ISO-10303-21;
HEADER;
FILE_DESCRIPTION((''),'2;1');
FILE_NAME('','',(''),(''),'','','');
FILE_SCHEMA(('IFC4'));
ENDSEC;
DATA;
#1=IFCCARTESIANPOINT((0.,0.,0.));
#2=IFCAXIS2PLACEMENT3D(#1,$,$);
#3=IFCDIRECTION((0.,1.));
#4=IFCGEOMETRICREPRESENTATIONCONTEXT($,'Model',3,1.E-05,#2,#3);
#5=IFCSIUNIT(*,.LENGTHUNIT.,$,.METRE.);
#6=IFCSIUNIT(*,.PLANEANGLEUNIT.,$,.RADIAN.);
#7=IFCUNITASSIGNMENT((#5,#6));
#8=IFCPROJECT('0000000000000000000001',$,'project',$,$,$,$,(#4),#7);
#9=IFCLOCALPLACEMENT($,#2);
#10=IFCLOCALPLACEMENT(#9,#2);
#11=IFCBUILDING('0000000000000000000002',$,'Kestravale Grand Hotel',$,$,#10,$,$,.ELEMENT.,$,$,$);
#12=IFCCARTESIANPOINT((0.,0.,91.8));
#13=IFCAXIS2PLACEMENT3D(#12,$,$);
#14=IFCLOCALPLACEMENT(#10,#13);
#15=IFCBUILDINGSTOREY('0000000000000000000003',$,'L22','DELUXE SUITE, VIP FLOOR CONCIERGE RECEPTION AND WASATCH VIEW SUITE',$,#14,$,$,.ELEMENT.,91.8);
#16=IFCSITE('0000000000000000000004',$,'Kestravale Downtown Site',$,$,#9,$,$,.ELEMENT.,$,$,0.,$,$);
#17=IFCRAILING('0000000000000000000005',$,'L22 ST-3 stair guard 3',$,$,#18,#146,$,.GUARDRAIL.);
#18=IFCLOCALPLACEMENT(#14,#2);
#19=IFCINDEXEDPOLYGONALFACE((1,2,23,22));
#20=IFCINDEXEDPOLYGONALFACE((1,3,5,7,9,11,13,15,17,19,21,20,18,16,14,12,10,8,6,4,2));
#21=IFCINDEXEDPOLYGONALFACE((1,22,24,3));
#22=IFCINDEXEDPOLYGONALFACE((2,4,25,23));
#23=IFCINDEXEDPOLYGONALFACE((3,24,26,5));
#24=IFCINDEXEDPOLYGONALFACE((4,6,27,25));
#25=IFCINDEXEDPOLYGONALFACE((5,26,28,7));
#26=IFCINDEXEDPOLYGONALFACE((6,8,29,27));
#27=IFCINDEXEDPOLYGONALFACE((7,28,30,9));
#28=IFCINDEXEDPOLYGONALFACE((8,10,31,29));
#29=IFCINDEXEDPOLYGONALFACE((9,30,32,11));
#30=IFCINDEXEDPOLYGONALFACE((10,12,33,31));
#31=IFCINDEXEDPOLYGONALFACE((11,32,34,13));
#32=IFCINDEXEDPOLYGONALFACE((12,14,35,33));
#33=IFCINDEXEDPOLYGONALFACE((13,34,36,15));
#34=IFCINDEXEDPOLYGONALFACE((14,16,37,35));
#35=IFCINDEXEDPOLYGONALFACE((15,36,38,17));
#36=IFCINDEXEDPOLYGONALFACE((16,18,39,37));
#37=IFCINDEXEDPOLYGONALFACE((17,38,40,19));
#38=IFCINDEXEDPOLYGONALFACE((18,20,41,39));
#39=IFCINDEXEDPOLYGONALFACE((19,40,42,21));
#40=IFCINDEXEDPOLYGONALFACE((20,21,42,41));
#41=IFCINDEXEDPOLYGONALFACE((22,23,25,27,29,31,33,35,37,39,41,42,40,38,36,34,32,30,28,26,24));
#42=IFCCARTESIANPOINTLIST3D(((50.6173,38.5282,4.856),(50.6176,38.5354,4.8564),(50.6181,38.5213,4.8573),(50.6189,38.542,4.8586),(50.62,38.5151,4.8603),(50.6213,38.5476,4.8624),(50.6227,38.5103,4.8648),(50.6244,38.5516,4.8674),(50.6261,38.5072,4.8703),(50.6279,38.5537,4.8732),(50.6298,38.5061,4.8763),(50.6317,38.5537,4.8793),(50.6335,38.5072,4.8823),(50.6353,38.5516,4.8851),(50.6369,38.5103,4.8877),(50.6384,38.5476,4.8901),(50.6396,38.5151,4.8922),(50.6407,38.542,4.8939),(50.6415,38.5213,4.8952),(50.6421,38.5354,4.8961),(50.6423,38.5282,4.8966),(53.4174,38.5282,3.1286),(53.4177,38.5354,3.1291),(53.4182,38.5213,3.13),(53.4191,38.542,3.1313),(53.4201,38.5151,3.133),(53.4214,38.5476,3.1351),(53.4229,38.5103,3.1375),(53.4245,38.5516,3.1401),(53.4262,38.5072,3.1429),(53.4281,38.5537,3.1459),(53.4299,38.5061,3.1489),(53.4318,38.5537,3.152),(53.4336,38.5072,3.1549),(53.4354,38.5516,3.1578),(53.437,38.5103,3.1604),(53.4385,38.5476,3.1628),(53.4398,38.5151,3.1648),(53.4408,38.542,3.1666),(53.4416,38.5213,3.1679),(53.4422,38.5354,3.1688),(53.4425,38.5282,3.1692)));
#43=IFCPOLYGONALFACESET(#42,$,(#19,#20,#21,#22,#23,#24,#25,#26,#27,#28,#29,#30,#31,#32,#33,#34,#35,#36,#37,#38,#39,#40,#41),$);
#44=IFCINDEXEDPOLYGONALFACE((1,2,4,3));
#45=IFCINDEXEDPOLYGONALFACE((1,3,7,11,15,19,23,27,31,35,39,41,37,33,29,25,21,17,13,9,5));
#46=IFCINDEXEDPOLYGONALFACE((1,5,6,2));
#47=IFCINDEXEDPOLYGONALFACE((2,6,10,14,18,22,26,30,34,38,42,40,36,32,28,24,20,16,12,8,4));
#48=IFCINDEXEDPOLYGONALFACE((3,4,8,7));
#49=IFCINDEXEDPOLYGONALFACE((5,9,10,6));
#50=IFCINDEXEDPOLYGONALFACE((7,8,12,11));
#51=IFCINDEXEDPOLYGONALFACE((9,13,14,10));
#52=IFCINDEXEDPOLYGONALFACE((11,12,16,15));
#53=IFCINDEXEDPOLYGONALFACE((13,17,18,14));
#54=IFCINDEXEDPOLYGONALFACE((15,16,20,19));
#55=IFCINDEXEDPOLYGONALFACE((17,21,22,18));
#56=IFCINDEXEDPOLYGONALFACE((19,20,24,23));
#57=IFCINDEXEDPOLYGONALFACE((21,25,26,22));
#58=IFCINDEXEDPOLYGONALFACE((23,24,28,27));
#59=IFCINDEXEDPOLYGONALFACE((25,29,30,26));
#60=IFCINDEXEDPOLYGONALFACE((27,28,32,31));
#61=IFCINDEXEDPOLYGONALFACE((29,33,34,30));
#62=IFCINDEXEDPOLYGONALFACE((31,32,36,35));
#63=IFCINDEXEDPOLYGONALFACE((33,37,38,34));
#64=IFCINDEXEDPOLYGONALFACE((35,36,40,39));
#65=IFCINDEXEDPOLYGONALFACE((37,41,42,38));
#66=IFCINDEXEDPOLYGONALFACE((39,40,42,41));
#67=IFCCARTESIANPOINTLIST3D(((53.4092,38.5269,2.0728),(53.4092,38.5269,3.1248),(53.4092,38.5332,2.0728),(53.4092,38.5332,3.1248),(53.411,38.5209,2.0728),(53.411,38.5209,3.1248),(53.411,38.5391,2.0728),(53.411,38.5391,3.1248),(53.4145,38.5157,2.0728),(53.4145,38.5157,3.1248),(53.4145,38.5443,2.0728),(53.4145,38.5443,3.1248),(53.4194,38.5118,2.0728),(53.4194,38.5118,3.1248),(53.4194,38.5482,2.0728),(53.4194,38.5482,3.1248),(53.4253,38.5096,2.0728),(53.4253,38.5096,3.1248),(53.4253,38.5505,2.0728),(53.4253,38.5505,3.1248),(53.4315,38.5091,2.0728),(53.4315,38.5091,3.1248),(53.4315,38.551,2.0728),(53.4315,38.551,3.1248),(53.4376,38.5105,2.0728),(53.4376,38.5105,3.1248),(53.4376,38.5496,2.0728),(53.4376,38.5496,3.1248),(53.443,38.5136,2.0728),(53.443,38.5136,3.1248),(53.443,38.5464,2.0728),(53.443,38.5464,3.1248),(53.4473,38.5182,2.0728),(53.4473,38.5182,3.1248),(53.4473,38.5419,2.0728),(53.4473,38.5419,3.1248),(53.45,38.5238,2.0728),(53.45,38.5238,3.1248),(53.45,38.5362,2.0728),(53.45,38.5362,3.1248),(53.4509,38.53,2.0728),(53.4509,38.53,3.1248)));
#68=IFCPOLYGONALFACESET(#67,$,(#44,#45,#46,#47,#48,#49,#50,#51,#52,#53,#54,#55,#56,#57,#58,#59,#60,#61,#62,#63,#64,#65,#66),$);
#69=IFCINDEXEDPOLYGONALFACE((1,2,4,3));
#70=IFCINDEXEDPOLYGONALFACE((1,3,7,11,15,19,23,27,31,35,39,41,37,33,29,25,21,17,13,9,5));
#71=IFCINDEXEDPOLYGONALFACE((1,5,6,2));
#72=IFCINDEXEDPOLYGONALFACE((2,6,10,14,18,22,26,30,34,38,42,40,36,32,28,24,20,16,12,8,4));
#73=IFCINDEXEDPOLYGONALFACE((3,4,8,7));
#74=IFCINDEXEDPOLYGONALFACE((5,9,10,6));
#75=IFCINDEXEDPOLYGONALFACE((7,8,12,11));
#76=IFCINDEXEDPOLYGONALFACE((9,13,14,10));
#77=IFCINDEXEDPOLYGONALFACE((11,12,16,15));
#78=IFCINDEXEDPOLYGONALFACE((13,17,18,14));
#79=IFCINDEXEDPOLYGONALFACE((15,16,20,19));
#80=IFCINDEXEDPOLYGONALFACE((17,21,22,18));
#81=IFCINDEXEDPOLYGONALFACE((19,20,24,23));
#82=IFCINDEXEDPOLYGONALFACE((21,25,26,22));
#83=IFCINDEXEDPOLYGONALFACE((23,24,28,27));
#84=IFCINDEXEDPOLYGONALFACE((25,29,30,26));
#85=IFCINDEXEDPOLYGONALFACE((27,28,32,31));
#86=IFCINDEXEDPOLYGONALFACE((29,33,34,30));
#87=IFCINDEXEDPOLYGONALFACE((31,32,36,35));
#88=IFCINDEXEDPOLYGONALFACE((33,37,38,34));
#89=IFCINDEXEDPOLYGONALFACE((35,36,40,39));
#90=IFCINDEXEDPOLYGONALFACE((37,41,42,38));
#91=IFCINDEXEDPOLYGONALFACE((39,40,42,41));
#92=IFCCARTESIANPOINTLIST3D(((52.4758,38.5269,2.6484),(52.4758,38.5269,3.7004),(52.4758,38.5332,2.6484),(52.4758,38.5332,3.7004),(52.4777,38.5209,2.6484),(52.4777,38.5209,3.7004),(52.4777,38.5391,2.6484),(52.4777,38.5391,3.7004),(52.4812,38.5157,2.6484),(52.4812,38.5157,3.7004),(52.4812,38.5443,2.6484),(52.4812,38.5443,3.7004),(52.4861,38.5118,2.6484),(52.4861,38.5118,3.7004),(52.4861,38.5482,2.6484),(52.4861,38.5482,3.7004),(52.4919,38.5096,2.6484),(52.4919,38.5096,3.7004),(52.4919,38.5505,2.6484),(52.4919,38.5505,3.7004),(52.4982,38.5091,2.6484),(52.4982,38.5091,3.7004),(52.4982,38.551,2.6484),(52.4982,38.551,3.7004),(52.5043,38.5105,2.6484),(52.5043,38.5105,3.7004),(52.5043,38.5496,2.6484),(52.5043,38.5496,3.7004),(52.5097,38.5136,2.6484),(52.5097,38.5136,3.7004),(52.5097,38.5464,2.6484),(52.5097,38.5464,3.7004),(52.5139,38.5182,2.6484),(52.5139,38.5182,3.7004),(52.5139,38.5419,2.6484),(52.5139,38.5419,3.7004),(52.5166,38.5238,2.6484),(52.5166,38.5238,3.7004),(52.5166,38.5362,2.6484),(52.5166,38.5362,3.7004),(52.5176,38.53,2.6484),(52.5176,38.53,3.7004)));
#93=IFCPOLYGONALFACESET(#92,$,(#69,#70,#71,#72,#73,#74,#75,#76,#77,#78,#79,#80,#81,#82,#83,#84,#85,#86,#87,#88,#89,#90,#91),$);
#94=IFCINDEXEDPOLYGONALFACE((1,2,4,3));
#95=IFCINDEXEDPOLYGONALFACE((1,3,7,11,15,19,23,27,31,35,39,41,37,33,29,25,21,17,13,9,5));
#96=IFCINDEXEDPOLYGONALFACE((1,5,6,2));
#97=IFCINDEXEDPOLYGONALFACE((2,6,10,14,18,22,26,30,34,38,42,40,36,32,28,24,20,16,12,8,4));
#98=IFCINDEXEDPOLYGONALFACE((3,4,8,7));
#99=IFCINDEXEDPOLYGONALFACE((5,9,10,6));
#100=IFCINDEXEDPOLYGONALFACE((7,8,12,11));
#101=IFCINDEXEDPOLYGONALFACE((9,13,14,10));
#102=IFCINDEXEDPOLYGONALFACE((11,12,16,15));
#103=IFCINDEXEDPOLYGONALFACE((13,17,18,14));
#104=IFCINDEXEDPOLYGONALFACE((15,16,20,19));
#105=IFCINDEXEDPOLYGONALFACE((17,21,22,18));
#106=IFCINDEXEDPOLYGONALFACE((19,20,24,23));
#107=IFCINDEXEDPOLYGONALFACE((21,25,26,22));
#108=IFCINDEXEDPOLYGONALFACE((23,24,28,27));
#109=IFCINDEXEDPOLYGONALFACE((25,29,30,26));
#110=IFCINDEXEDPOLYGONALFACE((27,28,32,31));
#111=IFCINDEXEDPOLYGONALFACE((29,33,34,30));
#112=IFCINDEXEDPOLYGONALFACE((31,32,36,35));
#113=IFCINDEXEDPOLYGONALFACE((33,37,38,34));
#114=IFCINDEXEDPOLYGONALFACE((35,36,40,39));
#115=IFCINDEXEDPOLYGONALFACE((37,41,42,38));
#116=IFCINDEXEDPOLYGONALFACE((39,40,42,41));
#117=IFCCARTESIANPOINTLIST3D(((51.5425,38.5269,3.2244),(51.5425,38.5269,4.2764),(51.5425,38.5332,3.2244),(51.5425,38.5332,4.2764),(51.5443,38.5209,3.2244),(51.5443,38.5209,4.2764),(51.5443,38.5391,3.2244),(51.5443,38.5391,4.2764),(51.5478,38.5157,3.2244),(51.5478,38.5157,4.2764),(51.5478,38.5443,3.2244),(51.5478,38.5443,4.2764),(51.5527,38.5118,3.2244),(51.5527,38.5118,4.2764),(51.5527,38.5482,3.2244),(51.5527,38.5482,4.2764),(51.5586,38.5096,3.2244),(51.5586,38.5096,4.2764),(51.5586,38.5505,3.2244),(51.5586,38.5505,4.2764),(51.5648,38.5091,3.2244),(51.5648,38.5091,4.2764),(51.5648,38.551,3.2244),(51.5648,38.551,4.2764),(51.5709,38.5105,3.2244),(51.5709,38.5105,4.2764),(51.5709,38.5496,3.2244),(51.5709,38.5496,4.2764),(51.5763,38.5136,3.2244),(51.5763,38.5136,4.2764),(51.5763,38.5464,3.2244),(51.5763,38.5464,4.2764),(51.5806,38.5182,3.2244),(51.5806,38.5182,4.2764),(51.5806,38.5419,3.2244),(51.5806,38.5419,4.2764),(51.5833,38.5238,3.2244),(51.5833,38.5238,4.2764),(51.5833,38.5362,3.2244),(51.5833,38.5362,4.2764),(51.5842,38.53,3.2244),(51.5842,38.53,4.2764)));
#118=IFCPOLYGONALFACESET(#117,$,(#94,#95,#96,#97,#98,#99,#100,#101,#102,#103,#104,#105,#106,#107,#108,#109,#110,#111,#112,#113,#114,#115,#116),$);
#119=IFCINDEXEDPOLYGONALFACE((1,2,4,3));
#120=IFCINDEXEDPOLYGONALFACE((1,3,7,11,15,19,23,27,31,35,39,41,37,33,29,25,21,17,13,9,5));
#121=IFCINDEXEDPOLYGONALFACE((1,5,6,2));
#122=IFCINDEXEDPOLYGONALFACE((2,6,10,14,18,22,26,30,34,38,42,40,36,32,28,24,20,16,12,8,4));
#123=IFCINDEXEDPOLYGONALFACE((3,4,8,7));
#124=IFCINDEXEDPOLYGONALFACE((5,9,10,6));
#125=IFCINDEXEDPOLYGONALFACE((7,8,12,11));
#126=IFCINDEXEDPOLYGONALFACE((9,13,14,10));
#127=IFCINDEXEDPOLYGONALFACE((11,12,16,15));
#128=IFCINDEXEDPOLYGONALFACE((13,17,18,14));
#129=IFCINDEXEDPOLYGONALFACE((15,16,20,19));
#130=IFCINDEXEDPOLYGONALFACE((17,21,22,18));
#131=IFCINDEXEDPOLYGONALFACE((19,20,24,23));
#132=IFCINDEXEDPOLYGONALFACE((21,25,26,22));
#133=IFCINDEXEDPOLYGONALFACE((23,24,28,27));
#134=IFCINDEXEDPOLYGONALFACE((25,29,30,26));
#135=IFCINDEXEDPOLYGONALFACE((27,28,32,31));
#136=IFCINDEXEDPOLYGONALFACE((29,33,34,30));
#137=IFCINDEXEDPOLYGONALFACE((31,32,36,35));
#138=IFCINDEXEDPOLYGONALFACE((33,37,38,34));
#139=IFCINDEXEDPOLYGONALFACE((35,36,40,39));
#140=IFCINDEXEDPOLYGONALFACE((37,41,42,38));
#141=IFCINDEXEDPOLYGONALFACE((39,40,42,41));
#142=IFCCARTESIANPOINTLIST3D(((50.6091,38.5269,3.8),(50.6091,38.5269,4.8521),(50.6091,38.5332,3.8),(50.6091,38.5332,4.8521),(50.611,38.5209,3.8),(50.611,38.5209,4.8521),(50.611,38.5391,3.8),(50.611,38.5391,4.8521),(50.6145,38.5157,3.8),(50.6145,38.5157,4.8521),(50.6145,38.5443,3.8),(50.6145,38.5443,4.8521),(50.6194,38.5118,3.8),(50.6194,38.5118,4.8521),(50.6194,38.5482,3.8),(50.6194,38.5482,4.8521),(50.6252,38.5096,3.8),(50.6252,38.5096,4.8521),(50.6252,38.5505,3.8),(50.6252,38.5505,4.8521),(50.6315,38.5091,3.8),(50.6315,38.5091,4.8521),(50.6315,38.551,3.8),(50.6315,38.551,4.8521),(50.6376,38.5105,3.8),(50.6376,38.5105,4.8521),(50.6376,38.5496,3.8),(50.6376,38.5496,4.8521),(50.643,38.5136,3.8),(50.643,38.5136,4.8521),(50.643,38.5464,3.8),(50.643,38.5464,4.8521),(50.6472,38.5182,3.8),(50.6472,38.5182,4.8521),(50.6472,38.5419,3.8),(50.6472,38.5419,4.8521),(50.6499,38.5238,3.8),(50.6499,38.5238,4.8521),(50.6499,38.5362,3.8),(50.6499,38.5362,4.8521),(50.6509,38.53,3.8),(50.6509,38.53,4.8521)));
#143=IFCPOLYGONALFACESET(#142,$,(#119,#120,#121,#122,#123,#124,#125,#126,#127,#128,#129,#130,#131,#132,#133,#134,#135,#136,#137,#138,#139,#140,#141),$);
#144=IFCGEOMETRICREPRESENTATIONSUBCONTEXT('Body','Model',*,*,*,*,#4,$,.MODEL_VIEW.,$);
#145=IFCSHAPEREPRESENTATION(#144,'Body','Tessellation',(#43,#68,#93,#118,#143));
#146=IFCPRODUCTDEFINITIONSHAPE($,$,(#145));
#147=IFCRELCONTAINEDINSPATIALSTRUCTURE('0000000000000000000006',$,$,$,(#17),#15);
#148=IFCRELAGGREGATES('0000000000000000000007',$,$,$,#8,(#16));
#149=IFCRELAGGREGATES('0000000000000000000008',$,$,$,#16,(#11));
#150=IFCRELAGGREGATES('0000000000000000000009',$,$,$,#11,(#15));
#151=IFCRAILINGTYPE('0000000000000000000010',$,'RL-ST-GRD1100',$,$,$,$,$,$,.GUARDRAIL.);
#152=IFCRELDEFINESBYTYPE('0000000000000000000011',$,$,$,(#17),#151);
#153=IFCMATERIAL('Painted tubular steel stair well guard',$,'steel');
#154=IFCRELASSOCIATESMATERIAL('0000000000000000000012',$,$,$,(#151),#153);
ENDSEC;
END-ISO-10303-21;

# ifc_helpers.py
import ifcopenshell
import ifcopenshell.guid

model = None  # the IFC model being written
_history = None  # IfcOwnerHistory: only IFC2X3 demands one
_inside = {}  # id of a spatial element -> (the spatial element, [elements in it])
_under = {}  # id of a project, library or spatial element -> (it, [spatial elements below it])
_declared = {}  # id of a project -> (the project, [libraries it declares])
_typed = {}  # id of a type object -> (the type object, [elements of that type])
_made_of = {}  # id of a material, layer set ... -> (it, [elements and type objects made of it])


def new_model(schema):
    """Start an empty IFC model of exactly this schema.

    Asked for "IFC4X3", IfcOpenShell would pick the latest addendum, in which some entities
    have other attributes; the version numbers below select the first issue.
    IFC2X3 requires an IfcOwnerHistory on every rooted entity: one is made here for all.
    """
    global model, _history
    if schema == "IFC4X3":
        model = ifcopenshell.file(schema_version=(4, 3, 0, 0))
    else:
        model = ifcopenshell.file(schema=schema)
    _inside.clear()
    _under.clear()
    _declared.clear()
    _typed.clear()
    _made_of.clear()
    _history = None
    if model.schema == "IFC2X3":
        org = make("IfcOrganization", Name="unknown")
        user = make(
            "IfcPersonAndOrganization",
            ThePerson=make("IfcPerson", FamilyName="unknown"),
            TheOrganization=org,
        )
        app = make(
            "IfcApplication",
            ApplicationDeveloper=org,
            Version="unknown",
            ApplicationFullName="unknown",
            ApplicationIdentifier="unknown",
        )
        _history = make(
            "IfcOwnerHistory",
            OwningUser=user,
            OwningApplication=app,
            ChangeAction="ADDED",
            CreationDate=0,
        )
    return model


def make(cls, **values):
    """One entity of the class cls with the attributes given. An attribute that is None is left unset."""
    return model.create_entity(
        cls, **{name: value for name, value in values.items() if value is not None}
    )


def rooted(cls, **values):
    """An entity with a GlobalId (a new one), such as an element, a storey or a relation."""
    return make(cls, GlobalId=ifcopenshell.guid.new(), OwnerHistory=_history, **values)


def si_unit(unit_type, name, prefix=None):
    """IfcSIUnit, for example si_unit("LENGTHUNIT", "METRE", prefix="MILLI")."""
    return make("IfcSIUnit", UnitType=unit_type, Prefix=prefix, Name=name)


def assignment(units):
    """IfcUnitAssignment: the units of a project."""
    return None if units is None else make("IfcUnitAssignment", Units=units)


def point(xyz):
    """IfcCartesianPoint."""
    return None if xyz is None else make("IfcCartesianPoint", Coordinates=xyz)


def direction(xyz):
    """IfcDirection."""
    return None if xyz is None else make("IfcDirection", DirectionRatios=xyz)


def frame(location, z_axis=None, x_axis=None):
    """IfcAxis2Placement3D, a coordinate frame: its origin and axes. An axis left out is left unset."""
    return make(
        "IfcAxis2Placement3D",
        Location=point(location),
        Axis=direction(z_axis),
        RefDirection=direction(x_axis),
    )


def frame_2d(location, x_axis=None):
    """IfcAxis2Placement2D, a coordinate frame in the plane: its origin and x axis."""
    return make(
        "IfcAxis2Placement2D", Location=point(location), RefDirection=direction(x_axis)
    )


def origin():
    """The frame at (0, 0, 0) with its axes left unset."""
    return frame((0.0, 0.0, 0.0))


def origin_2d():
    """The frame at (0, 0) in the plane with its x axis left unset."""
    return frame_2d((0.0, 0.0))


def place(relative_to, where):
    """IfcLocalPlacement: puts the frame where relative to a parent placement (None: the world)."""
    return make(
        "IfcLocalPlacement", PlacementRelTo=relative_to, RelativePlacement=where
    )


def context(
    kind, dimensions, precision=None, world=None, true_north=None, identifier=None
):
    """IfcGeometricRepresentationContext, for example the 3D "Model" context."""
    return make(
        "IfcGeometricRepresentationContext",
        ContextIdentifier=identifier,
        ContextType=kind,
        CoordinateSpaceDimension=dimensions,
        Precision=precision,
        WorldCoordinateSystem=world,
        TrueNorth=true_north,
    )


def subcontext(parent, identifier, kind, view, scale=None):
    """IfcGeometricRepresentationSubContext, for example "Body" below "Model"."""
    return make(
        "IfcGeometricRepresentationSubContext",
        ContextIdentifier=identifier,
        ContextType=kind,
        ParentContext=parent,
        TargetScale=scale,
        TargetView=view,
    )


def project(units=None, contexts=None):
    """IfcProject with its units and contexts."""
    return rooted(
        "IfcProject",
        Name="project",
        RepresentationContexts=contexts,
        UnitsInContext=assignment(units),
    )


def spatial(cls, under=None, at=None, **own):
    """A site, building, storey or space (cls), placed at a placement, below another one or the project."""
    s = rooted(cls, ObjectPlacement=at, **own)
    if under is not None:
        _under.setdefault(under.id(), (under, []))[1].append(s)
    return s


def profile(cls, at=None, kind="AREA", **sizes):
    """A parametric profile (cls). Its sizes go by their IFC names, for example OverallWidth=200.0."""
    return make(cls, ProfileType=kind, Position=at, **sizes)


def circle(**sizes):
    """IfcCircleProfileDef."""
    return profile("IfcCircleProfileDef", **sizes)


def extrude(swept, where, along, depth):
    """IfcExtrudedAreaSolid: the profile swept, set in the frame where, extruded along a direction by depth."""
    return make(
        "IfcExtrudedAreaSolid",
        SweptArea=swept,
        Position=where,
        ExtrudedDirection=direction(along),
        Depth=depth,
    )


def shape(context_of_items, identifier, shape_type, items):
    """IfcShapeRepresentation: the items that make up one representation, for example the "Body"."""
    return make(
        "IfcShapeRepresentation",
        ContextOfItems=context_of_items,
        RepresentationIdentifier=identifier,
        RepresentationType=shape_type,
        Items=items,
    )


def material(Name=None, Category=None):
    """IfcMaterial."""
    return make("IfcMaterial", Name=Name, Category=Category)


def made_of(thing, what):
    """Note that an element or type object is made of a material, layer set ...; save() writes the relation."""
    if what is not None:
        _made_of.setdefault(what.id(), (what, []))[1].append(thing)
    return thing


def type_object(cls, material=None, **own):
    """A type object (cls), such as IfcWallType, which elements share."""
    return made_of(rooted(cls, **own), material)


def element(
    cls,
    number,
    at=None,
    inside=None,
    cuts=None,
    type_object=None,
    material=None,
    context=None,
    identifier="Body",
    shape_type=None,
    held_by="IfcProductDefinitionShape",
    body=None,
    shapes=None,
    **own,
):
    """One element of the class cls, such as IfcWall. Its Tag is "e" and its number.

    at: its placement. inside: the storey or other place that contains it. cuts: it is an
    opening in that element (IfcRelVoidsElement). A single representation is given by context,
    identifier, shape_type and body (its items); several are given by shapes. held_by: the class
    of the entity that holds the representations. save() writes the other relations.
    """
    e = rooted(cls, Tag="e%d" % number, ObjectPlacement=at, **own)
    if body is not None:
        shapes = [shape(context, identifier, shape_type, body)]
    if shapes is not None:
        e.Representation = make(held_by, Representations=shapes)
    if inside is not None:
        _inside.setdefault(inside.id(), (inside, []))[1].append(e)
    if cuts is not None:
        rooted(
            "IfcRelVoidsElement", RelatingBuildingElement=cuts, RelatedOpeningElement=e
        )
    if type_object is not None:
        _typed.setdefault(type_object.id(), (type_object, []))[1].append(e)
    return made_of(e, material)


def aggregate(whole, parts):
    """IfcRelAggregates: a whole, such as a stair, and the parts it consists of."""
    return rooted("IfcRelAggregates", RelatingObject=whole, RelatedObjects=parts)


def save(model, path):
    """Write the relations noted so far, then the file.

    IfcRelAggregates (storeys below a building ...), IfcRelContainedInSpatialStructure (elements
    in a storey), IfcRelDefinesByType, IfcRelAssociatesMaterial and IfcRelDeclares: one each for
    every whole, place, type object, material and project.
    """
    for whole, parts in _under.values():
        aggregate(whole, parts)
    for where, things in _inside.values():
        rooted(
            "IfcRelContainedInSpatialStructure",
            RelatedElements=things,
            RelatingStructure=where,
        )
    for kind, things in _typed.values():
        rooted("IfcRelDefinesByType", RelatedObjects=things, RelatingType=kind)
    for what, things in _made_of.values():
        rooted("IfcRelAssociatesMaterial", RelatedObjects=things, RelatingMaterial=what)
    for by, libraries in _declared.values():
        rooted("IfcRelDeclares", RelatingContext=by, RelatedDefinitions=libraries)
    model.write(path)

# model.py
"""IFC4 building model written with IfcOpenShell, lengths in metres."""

from ifc_helpers import new_model, si_unit, direction, frame, origin, origin_2d, place, context, subcontext, project, spatial, circle, extrude, material, type_object, element, save


model = new_model("IFC4")

# Units and contexts
model_context = context("Model", 3, precision=1e-05, world=origin(), true_north=direction((0.0, 1.0)))
body_context = subcontext(model_context, "Body", "Model", "MODEL_VIEW")
ifc_project = project(units=[si_unit("LENGTHUNIT", "METRE"), si_unit("PLANEANGLEUNIT", "RADIAN")], contexts=[model_context])

# Site, building, storey
site_placement = place(None, origin())
site = spatial("IfcSite", under=ifc_project, at=site_placement, Name="Kestravale Downtown Site", CompositionType="ELEMENT", RefElevation=0.0)
building_placement = place(site_placement, origin())
building = spatial("IfcBuilding", under=site, at=building_placement, Name="Kestravale Grand Hotel", CompositionType="ELEMENT")
storey_placement = place(building_placement, frame((0.0, 0.0, 91.8)))
storey = spatial("IfcBuildingStorey", under=building, at=storey_placement, Name="L22", Description="DELUXE SUITE, VIP FLOOR CONCIERGE RECEPTION AND WASATCH VIEW SUITE", CompositionType="ELEMENT", Elevation=91.8)

# Railing
ifc_material_1 = material(Name="Painted tubular steel stair well guard", Category="steel")
railing_type_1 = type_object("IfcRailingType", Name="RL-ST-GRD1100", PredefinedType="GUARDRAIL", material=ifc_material_1)
railing_1_placement = place(storey_placement, frame((53.4299, 38.53, 2.0728)))
element("IfcRailing", 1, at=railing_1_placement, inside=storey, type_object=railing_type_1, Name="L22 ST-3 stair guard 3", PredefinedType="GUARDRAIL", context=body_context, shape_type="SweptSolid", body=[
    extrude(circle(Radius=0.0239, at=origin_2d()), frame((0.0, 0.0, 1.0762), z_axis=(-0.85109, 0.0, 0.52502), x_axis=(0.0, -1.0, 0.0)), (0.0, 0.0, 1.0), 3.29),
    extrude(circle(Radius=0.021, at=origin_2d()), origin(), (0.0, 0.0, 1.0), 1.052),
    extrude(circle(Radius=0.021, at=origin_2d()), frame((-0.9333, 0.0, 0.5757)), (0.0, 0.0, 1.0), 1.052),
    extrude(circle(Radius=0.021, at=origin_2d()), frame((-1.8667, 0.0, 1.1516)), (0.0, 0.0, 1.0), 1.052),
    extrude(circle(Radius=0.021, at=origin_2d()), frame((-2.8, 0.0, 1.7273)), (0.0, 0.0, 1.0), 1.052),
])

save(model, "model.ifc")
